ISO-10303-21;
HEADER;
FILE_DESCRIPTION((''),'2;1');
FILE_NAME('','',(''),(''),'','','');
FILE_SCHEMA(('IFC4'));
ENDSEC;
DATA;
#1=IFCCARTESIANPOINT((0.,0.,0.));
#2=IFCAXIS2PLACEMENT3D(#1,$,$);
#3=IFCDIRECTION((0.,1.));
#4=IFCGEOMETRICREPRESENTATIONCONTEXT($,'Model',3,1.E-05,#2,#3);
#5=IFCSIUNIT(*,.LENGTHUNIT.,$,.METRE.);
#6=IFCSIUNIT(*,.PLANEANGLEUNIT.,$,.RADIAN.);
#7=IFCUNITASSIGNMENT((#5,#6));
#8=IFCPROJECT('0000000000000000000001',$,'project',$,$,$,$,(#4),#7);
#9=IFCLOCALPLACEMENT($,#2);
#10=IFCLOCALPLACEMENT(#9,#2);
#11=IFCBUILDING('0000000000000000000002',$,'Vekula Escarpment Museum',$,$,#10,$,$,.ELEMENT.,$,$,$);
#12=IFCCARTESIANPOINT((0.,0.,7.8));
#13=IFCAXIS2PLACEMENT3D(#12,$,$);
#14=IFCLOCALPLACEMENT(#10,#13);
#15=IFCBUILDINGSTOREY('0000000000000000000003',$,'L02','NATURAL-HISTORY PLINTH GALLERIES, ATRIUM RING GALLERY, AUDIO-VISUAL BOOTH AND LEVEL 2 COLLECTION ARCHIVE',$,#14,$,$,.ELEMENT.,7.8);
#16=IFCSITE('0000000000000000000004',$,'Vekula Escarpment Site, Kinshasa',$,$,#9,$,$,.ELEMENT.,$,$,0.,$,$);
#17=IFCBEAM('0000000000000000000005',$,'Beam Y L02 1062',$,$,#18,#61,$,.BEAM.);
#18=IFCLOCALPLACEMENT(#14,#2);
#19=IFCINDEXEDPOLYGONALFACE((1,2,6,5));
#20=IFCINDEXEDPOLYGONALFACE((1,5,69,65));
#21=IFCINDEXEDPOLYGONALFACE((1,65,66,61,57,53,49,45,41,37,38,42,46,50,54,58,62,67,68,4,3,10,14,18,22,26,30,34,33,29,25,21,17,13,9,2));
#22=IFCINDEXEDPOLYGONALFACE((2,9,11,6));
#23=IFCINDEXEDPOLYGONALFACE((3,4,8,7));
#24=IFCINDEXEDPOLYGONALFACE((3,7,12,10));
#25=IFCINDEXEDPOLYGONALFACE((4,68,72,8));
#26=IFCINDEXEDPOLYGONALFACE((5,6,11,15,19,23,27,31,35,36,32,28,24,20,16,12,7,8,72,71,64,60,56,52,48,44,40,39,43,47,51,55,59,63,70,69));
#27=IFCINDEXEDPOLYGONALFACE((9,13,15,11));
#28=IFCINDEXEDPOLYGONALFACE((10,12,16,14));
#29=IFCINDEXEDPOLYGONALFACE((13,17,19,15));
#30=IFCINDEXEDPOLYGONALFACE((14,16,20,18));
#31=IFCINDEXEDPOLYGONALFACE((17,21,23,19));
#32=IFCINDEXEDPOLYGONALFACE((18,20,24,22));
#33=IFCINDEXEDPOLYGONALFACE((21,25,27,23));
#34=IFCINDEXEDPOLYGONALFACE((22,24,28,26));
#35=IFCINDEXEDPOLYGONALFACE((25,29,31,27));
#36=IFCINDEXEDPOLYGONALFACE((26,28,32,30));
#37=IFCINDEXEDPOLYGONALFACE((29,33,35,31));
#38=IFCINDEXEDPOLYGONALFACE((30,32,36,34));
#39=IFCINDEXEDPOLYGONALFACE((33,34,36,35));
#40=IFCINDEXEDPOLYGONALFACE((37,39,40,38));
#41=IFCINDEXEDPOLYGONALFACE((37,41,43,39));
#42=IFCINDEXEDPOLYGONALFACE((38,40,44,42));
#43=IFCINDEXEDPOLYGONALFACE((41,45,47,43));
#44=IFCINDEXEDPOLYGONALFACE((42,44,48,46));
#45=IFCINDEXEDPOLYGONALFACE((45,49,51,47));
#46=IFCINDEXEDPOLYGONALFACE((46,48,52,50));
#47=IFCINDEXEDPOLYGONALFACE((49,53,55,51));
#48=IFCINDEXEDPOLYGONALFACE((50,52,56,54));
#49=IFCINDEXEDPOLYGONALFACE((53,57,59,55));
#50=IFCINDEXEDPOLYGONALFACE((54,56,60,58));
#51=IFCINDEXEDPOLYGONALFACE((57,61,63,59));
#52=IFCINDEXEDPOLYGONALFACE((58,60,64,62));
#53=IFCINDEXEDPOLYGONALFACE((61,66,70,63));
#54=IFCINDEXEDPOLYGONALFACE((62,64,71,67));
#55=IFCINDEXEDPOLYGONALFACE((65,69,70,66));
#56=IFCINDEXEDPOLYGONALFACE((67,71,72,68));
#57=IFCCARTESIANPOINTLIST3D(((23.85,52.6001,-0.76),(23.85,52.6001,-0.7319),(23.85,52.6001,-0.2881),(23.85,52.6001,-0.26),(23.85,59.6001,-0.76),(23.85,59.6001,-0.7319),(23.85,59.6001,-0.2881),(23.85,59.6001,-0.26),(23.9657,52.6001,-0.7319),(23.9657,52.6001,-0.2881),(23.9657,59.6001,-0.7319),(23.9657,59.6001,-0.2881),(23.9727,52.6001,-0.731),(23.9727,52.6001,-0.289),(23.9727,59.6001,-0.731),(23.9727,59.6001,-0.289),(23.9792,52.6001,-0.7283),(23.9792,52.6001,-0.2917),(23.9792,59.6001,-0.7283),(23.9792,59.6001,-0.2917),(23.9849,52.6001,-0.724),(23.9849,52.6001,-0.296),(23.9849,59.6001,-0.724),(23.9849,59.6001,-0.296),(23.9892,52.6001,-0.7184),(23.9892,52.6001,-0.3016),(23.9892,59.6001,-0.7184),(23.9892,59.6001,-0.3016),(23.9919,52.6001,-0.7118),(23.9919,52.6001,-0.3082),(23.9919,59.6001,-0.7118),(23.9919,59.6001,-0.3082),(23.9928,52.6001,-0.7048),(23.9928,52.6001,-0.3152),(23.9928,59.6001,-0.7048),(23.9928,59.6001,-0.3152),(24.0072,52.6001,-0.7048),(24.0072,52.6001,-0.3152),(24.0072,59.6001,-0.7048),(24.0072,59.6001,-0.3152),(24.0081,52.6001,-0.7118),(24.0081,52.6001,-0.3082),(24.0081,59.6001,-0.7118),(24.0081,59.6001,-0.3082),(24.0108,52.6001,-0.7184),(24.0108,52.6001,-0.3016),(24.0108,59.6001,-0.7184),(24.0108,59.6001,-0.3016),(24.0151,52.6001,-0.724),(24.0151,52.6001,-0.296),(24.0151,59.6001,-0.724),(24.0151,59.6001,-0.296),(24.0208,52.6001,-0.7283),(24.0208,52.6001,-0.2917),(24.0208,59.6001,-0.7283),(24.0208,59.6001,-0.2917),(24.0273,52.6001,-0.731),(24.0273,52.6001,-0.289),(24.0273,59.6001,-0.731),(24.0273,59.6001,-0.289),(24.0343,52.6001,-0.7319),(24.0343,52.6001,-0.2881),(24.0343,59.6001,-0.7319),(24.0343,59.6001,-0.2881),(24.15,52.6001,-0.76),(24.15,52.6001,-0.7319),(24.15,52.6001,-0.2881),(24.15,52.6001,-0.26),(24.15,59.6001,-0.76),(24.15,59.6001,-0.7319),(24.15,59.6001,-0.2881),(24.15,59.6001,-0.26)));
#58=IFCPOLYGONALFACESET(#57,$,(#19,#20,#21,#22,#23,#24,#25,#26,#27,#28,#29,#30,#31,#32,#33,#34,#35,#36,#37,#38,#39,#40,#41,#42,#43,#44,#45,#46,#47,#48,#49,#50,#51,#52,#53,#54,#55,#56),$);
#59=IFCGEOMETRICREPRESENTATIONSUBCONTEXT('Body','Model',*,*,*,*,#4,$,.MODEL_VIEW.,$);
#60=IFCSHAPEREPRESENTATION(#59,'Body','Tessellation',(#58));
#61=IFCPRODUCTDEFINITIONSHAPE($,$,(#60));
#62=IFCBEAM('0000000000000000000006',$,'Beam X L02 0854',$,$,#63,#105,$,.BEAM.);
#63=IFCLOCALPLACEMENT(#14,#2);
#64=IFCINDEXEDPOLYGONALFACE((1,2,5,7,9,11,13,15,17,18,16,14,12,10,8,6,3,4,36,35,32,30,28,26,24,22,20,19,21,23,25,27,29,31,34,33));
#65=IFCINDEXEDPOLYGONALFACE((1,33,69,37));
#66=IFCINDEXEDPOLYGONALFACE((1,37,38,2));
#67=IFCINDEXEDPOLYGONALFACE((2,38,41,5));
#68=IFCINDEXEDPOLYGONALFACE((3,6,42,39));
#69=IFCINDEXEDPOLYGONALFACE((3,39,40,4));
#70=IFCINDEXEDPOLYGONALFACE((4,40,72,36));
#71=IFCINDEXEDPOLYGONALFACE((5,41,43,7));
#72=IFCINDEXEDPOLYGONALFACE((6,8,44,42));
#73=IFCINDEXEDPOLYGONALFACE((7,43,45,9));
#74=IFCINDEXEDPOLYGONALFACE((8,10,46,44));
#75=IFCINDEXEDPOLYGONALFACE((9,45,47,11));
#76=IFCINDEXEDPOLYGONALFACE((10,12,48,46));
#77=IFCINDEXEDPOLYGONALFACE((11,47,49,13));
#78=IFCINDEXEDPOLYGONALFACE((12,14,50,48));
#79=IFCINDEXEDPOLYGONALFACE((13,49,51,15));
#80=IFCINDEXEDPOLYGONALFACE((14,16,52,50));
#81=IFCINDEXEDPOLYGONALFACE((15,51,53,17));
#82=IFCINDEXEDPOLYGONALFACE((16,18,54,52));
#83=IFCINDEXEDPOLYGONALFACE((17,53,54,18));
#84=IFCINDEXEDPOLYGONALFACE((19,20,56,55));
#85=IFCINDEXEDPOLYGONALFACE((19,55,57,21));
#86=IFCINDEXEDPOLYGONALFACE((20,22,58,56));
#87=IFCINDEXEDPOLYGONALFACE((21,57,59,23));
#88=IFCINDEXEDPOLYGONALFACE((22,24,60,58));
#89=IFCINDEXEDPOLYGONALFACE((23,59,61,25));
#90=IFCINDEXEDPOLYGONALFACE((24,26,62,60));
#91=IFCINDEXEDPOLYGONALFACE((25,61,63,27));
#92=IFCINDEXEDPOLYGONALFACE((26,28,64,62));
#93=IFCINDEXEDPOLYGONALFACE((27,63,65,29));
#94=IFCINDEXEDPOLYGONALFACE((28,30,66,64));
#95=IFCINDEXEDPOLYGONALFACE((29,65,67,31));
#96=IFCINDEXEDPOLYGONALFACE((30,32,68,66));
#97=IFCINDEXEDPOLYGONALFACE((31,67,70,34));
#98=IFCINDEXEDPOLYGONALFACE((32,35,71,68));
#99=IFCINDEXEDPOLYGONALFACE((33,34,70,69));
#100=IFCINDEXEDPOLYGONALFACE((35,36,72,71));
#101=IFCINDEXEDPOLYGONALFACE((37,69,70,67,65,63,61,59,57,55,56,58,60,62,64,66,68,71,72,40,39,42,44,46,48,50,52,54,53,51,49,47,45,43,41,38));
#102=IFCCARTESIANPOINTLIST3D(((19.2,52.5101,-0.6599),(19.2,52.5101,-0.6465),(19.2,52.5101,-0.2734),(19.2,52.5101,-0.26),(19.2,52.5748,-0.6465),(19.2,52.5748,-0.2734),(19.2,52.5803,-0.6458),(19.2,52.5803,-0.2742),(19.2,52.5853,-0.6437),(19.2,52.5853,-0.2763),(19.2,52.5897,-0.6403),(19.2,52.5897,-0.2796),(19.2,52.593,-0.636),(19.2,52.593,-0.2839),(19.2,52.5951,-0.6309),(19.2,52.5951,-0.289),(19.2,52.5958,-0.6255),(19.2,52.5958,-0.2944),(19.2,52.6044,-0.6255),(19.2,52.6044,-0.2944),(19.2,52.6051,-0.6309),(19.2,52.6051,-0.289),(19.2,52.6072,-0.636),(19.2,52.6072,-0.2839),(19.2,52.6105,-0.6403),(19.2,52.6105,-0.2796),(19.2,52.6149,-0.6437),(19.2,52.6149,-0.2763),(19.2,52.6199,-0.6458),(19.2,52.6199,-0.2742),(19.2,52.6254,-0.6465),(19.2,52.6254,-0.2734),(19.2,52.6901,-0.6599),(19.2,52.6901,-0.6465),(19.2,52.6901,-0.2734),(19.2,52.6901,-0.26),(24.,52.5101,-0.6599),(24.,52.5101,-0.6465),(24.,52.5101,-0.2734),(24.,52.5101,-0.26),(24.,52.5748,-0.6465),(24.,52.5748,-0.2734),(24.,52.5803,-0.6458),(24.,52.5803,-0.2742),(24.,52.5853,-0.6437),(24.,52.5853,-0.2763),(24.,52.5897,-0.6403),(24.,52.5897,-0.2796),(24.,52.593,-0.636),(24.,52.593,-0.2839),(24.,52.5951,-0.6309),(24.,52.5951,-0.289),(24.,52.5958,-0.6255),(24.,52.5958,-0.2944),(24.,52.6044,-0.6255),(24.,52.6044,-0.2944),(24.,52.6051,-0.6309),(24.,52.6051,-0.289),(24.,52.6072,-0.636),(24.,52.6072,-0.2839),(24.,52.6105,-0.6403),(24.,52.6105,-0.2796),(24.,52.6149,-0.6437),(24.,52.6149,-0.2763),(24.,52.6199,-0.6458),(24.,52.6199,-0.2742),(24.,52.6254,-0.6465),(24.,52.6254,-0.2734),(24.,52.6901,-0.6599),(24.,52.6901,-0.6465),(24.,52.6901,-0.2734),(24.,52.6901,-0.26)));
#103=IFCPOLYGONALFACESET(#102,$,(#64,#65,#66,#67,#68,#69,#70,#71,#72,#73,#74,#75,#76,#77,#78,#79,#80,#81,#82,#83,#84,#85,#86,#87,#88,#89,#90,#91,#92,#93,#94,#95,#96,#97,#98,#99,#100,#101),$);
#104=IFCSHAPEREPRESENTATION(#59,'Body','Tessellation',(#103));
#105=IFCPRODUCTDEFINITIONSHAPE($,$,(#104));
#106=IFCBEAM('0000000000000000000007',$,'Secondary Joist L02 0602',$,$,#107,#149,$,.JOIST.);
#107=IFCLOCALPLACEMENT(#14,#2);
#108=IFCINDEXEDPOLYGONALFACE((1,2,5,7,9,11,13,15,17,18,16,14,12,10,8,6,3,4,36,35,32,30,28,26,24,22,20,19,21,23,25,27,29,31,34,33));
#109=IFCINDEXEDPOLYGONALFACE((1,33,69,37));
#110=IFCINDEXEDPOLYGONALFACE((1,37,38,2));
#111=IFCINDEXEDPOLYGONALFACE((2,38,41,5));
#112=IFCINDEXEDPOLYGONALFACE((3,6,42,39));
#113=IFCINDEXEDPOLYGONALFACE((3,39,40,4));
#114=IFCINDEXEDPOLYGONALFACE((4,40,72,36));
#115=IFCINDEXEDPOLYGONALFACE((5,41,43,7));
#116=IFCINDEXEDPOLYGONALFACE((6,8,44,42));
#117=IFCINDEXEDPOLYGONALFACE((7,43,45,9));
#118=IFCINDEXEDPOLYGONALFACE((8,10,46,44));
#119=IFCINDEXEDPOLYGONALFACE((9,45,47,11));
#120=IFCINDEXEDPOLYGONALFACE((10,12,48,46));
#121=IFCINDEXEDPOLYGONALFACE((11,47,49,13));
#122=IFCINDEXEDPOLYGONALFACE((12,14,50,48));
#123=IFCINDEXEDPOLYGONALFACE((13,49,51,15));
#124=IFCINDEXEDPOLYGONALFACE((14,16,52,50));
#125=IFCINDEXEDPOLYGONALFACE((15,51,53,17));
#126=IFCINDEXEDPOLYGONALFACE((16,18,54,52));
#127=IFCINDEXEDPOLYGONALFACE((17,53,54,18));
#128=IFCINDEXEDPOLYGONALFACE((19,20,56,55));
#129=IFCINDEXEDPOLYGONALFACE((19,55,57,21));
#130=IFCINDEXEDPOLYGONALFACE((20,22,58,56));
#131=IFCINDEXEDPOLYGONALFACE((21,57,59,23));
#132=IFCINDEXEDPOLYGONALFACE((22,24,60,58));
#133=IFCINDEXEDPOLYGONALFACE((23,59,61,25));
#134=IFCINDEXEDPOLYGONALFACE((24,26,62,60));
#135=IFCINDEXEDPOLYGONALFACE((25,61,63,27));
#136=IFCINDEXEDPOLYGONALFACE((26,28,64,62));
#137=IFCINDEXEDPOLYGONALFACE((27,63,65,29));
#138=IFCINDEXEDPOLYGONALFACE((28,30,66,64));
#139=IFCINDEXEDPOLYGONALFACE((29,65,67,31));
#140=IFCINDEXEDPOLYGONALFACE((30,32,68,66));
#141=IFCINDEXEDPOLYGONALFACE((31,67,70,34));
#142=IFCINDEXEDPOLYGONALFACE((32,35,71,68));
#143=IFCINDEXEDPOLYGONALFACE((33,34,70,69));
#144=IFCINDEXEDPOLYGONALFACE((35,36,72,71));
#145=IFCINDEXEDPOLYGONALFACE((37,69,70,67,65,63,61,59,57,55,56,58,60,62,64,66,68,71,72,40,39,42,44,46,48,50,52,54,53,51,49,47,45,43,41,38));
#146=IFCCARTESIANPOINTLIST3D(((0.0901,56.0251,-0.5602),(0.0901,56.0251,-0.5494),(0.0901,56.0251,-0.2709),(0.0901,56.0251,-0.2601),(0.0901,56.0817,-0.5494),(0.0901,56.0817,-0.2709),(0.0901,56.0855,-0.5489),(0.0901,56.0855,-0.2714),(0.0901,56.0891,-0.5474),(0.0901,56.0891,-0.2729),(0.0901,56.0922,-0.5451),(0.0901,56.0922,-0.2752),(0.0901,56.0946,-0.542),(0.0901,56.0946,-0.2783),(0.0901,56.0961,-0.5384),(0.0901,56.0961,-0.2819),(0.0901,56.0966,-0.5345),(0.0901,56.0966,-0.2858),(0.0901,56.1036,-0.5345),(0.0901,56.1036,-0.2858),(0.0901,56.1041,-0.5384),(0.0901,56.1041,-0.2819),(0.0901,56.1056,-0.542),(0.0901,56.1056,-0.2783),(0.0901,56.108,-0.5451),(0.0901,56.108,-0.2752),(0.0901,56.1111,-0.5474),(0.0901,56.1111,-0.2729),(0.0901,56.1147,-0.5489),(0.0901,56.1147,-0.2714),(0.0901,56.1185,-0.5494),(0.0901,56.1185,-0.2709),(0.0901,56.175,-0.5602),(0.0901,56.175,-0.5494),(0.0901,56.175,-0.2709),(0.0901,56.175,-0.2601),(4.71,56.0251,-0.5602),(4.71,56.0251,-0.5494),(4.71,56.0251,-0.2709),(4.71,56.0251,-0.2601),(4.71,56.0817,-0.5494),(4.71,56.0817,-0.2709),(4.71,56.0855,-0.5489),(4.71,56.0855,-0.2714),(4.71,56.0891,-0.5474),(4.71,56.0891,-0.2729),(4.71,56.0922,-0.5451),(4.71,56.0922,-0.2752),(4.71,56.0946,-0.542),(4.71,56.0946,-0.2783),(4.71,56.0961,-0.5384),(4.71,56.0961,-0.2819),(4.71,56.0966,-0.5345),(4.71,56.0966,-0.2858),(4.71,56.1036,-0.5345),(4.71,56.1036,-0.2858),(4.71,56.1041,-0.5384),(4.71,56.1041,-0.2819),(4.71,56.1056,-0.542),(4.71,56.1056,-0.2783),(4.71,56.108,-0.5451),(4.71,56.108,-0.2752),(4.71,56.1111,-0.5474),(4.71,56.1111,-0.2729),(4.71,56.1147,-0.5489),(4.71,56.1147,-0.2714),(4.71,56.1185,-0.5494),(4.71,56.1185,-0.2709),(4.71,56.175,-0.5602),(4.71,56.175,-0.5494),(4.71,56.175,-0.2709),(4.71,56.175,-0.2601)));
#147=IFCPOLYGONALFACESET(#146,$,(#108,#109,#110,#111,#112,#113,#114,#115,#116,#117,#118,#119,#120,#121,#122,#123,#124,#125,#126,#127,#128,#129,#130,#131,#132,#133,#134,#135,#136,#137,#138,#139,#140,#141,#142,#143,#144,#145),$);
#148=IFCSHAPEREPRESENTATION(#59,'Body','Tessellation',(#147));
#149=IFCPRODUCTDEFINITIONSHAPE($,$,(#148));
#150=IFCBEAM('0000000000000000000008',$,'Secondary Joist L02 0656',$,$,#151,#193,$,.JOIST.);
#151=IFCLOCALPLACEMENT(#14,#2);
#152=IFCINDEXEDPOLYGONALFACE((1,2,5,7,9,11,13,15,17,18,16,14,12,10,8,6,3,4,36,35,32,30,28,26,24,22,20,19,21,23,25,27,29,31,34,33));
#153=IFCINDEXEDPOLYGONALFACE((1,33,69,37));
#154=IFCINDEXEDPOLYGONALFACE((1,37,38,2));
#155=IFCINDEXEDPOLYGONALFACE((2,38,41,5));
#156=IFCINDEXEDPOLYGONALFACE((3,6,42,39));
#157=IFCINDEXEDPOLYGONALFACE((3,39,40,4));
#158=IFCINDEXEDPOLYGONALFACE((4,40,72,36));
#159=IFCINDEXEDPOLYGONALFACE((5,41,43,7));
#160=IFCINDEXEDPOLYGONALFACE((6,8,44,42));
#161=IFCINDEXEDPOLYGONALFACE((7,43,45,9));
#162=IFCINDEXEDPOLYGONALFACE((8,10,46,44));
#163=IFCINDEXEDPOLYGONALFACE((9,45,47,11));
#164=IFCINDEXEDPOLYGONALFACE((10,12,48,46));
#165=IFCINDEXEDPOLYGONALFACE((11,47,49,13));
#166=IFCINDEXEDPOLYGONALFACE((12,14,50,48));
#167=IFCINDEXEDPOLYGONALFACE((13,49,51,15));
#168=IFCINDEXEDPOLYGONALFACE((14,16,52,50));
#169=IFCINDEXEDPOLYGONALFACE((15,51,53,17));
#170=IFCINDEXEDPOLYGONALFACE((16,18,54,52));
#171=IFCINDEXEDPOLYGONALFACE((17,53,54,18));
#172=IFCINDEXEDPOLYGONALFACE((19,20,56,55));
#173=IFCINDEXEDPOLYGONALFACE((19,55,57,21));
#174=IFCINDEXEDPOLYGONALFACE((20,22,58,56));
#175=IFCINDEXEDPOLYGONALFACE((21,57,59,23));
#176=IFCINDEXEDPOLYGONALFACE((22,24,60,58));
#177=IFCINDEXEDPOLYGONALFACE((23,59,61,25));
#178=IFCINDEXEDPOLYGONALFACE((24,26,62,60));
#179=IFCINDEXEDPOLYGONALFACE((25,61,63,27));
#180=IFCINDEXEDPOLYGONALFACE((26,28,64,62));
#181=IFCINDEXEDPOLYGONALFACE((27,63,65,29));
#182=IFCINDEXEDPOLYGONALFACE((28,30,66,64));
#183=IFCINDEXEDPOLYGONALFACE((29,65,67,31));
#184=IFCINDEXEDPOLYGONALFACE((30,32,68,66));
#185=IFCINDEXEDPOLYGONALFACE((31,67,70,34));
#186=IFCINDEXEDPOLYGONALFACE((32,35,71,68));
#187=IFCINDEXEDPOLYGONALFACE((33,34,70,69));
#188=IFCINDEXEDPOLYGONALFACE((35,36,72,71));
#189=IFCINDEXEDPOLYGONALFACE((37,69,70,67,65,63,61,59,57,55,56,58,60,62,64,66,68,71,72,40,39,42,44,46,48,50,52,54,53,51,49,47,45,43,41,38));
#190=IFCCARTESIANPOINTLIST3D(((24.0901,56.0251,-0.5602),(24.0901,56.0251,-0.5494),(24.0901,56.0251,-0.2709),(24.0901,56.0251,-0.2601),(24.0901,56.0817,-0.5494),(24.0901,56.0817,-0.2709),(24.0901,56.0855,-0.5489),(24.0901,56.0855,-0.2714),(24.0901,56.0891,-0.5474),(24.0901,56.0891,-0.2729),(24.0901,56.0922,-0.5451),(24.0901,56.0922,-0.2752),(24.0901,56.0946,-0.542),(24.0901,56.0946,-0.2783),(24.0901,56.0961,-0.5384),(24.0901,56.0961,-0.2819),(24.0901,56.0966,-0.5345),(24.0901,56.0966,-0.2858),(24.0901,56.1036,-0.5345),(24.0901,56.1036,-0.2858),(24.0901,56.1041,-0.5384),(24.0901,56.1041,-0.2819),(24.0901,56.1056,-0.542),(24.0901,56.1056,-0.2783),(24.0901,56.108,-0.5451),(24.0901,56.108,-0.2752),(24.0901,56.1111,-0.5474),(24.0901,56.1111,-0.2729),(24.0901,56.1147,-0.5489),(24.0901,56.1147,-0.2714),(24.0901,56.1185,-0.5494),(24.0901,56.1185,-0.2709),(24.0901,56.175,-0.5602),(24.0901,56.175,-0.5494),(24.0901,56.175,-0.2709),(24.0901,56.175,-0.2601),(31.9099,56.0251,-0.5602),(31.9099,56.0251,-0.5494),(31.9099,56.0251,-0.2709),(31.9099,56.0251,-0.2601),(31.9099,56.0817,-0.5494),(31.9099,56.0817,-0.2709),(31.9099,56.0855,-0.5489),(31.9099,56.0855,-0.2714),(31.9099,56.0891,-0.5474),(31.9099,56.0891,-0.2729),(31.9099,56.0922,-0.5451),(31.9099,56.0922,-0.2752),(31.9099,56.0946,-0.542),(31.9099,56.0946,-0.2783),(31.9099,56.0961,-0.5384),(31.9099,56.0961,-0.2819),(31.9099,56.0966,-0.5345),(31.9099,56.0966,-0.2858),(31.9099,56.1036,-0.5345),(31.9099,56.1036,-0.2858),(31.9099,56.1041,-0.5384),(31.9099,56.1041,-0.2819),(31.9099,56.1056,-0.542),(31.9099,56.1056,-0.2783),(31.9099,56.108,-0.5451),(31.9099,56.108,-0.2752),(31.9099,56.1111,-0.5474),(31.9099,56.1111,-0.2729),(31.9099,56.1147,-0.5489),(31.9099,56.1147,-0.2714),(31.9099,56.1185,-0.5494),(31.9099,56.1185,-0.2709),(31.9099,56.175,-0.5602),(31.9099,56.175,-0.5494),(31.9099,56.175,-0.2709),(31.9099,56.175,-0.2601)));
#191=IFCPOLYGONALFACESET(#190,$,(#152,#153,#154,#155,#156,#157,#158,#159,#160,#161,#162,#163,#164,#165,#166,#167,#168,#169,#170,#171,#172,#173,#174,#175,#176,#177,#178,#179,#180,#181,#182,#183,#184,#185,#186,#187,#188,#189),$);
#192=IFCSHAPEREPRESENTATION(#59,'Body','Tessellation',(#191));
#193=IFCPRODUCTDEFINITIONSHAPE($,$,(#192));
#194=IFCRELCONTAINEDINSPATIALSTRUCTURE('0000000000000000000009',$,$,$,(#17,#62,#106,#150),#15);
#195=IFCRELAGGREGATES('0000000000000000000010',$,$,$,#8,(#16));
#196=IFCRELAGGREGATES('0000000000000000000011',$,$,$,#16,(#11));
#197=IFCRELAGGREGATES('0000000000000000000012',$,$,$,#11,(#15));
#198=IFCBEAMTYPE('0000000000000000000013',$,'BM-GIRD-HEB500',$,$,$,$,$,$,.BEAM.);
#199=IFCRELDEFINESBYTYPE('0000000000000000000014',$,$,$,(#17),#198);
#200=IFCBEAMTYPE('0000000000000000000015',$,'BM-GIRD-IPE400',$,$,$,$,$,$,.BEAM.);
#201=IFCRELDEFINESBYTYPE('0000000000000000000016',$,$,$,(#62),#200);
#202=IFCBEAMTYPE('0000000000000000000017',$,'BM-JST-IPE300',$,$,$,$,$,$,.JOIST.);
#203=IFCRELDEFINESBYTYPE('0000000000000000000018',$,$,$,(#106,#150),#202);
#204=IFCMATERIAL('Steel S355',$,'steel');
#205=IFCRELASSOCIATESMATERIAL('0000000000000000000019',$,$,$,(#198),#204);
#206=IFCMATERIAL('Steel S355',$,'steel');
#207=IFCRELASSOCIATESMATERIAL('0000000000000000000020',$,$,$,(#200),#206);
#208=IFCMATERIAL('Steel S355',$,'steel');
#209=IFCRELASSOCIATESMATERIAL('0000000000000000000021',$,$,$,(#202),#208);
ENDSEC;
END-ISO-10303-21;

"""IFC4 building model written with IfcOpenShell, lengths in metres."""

from ifc_helpers import new_model, si_unit, direction, frame, origin, origin_2d, place, context, subcontext, project, spatial, i_section, extrude, material, material_profile, profile_set, type_object, element, save


model = new_model("IFC4")

# Units and contexts
model_context = context("Model", 3, precision=1e-05, world=origin(), true_north=direction((0.0, 1.0)))
body_context = subcontext(model_context, "Body", "Model", "MODEL_VIEW")
ifc_project = project(units=[si_unit("LENGTHUNIT", "METRE"), si_unit("PLANEANGLEUNIT", "RADIAN")], contexts=[model_context])

# Site, building, storey
site_placement = place(None, origin())
site = spatial("IfcSite", under=ifc_project, at=site_placement, Name="Vekula Escarpment Site, Kinshasa", CompositionType="ELEMENT", RefElevation=0.0)
building_placement = place(site_placement, origin())
building = spatial("IfcBuilding", under=site, at=building_placement, Name="Vekula Escarpment Museum", CompositionType="ELEMENT")
storey_placement = place(building_placement, frame((0.0, 0.0, 7.8)))
storey = spatial("IfcBuildingStorey", under=building, at=storey_placement, Name="L02", Description="NATURAL-HISTORY PLINTH GALLERIES, ATRIUM RING GALLERY, AUDIO-VISUAL BOOTH AND LEVEL 2 COLLECTION ARCHIVE", CompositionType="ELEMENT", Elevation=7.8)

# Beams
ifc_material_1 = material(Name="Steel S355", Category="steel")
ifc_material_profile_1 = material_profile(ifc_material_1, i_section(OverallWidth=0.3, OverallDepth=0.5, WebThickness=0.0144, FlangeThickness=0.0281, FilletRadius=0.0271, at=origin_2d()), Name="HEB 500")
ifc_profile_set_1 = profile_set([ifc_material_profile_1], Name="Steel S355")
beam_type_1 = type_object("IfcBeamType", Name="BM-GIRD-HEB500", PredefinedType="BEAM", material=ifc_profile_set_1)
beam_1_placement = place(storey_placement, frame((24.0, 52.6001, -0.51), z_axis=(0.0, 1.0, 0.0), x_axis=(-1.0, 0.0, 0.0)))
element("IfcBeam", 1, at=beam_1_placement, inside=storey, type_object=beam_type_1, Name="Beam Y L02 1062", PredefinedType="BEAM", context=body_context, shape_type="SweptSolid", body=[
    extrude(i_section(OverallWidth=0.3, OverallDepth=0.5, WebThickness=0.0144, FlangeThickness=0.0281, FilletRadius=0.0271, at=origin_2d()), origin(), (0.0, 0.0, 1.0), 7.0),
])
ifc_material_2 = material(Name="Steel S355", Category="steel")
ifc_material_profile_2 = material_profile(ifc_material_2, i_section(OverallWidth=0.1799, OverallDepth=0.3999, WebThickness=0.0085, FlangeThickness=0.0134, FilletRadius=0.021, at=origin_2d()), Name="IPE 400")
ifc_profile_set_2 = profile_set([ifc_material_profile_2], Name="Steel S355")
beam_type_2 = type_object("IfcBeamType", Name="BM-GIRD-IPE400", PredefinedType="BEAM", material=ifc_profile_set_2)
beam_2_placement = place(storey_placement, frame((19.2, 52.6001, -0.46), z_axis=(1.0, 0.0, 0.0), x_axis=(0.0, 1.0, 0.0)))
element("IfcBeam", 2, at=beam_2_placement, inside=storey, type_object=beam_type_2, Name="Beam X L02 0854", PredefinedType="BEAM", context=body_context, shape_type="SweptSolid", body=[
    extrude(i_section(OverallWidth=0.1799, OverallDepth=0.3999, WebThickness=0.0085, FlangeThickness=0.0134, FilletRadius=0.021, at=origin_2d()), origin(), (0.0, 0.0, 1.0), 4.8),
])
ifc_material_3 = material(Name="Steel S355", Category="steel")
ifc_material_profile_3 = material_profile(ifc_material_3, i_section(OverallWidth=0.1499, OverallDepth=0.3, WebThickness=0.0071, FlangeThickness=0.0107, FilletRadius=0.0149, at=origin_2d()), Name="IPE 300")
ifc_profile_set_3 = profile_set([ifc_material_profile_3], Name="Steel S355")
beam_type_3 = type_object("IfcBeamType", Name="BM-JST-IPE300", PredefinedType="JOIST", material=ifc_profile_set_3)
beam_3_placement = place(storey_placement, frame((0.0901, 56.1001, -0.4102), z_axis=(1.0, 0.0, 0.0), x_axis=(0.0, 1.0, 0.0)))
element("IfcBeam", 3, at=beam_3_placement, inside=storey, type_object=beam_type_3, Name="Secondary Joist L02 0602", PredefinedType="JOIST", context=body_context, shape_type="SweptSolid", body=[
    extrude(i_section(OverallWidth=0.1499, OverallDepth=0.3, WebThickness=0.0071, FlangeThickness=0.0107, FilletRadius=0.0149, at=origin_2d()), origin(), (0.0, 0.0, 1.0), 4.6199),
])
beam_4_placement = place(storey_placement, frame((24.0901, 56.1001, -0.4102), z_axis=(1.0, 0.0, 0.0), x_axis=(0.0, 1.0, 0.0)))
element("IfcBeam", 4, at=beam_4_placement, inside=storey, type_object=beam_type_3, Name="Secondary Joist L02 0656", PredefinedType="JOIST", context=body_context, shape_type="SweptSolid", body=[
    extrude(i_section(OverallWidth=0.1499, OverallDepth=0.3, WebThickness=0.0071, FlangeThickness=0.0107, FilletRadius=0.0149, at=origin_2d()), origin(), (0.0, 0.0, 1.0), 7.8198),
])

save(model, "model.ifc")
